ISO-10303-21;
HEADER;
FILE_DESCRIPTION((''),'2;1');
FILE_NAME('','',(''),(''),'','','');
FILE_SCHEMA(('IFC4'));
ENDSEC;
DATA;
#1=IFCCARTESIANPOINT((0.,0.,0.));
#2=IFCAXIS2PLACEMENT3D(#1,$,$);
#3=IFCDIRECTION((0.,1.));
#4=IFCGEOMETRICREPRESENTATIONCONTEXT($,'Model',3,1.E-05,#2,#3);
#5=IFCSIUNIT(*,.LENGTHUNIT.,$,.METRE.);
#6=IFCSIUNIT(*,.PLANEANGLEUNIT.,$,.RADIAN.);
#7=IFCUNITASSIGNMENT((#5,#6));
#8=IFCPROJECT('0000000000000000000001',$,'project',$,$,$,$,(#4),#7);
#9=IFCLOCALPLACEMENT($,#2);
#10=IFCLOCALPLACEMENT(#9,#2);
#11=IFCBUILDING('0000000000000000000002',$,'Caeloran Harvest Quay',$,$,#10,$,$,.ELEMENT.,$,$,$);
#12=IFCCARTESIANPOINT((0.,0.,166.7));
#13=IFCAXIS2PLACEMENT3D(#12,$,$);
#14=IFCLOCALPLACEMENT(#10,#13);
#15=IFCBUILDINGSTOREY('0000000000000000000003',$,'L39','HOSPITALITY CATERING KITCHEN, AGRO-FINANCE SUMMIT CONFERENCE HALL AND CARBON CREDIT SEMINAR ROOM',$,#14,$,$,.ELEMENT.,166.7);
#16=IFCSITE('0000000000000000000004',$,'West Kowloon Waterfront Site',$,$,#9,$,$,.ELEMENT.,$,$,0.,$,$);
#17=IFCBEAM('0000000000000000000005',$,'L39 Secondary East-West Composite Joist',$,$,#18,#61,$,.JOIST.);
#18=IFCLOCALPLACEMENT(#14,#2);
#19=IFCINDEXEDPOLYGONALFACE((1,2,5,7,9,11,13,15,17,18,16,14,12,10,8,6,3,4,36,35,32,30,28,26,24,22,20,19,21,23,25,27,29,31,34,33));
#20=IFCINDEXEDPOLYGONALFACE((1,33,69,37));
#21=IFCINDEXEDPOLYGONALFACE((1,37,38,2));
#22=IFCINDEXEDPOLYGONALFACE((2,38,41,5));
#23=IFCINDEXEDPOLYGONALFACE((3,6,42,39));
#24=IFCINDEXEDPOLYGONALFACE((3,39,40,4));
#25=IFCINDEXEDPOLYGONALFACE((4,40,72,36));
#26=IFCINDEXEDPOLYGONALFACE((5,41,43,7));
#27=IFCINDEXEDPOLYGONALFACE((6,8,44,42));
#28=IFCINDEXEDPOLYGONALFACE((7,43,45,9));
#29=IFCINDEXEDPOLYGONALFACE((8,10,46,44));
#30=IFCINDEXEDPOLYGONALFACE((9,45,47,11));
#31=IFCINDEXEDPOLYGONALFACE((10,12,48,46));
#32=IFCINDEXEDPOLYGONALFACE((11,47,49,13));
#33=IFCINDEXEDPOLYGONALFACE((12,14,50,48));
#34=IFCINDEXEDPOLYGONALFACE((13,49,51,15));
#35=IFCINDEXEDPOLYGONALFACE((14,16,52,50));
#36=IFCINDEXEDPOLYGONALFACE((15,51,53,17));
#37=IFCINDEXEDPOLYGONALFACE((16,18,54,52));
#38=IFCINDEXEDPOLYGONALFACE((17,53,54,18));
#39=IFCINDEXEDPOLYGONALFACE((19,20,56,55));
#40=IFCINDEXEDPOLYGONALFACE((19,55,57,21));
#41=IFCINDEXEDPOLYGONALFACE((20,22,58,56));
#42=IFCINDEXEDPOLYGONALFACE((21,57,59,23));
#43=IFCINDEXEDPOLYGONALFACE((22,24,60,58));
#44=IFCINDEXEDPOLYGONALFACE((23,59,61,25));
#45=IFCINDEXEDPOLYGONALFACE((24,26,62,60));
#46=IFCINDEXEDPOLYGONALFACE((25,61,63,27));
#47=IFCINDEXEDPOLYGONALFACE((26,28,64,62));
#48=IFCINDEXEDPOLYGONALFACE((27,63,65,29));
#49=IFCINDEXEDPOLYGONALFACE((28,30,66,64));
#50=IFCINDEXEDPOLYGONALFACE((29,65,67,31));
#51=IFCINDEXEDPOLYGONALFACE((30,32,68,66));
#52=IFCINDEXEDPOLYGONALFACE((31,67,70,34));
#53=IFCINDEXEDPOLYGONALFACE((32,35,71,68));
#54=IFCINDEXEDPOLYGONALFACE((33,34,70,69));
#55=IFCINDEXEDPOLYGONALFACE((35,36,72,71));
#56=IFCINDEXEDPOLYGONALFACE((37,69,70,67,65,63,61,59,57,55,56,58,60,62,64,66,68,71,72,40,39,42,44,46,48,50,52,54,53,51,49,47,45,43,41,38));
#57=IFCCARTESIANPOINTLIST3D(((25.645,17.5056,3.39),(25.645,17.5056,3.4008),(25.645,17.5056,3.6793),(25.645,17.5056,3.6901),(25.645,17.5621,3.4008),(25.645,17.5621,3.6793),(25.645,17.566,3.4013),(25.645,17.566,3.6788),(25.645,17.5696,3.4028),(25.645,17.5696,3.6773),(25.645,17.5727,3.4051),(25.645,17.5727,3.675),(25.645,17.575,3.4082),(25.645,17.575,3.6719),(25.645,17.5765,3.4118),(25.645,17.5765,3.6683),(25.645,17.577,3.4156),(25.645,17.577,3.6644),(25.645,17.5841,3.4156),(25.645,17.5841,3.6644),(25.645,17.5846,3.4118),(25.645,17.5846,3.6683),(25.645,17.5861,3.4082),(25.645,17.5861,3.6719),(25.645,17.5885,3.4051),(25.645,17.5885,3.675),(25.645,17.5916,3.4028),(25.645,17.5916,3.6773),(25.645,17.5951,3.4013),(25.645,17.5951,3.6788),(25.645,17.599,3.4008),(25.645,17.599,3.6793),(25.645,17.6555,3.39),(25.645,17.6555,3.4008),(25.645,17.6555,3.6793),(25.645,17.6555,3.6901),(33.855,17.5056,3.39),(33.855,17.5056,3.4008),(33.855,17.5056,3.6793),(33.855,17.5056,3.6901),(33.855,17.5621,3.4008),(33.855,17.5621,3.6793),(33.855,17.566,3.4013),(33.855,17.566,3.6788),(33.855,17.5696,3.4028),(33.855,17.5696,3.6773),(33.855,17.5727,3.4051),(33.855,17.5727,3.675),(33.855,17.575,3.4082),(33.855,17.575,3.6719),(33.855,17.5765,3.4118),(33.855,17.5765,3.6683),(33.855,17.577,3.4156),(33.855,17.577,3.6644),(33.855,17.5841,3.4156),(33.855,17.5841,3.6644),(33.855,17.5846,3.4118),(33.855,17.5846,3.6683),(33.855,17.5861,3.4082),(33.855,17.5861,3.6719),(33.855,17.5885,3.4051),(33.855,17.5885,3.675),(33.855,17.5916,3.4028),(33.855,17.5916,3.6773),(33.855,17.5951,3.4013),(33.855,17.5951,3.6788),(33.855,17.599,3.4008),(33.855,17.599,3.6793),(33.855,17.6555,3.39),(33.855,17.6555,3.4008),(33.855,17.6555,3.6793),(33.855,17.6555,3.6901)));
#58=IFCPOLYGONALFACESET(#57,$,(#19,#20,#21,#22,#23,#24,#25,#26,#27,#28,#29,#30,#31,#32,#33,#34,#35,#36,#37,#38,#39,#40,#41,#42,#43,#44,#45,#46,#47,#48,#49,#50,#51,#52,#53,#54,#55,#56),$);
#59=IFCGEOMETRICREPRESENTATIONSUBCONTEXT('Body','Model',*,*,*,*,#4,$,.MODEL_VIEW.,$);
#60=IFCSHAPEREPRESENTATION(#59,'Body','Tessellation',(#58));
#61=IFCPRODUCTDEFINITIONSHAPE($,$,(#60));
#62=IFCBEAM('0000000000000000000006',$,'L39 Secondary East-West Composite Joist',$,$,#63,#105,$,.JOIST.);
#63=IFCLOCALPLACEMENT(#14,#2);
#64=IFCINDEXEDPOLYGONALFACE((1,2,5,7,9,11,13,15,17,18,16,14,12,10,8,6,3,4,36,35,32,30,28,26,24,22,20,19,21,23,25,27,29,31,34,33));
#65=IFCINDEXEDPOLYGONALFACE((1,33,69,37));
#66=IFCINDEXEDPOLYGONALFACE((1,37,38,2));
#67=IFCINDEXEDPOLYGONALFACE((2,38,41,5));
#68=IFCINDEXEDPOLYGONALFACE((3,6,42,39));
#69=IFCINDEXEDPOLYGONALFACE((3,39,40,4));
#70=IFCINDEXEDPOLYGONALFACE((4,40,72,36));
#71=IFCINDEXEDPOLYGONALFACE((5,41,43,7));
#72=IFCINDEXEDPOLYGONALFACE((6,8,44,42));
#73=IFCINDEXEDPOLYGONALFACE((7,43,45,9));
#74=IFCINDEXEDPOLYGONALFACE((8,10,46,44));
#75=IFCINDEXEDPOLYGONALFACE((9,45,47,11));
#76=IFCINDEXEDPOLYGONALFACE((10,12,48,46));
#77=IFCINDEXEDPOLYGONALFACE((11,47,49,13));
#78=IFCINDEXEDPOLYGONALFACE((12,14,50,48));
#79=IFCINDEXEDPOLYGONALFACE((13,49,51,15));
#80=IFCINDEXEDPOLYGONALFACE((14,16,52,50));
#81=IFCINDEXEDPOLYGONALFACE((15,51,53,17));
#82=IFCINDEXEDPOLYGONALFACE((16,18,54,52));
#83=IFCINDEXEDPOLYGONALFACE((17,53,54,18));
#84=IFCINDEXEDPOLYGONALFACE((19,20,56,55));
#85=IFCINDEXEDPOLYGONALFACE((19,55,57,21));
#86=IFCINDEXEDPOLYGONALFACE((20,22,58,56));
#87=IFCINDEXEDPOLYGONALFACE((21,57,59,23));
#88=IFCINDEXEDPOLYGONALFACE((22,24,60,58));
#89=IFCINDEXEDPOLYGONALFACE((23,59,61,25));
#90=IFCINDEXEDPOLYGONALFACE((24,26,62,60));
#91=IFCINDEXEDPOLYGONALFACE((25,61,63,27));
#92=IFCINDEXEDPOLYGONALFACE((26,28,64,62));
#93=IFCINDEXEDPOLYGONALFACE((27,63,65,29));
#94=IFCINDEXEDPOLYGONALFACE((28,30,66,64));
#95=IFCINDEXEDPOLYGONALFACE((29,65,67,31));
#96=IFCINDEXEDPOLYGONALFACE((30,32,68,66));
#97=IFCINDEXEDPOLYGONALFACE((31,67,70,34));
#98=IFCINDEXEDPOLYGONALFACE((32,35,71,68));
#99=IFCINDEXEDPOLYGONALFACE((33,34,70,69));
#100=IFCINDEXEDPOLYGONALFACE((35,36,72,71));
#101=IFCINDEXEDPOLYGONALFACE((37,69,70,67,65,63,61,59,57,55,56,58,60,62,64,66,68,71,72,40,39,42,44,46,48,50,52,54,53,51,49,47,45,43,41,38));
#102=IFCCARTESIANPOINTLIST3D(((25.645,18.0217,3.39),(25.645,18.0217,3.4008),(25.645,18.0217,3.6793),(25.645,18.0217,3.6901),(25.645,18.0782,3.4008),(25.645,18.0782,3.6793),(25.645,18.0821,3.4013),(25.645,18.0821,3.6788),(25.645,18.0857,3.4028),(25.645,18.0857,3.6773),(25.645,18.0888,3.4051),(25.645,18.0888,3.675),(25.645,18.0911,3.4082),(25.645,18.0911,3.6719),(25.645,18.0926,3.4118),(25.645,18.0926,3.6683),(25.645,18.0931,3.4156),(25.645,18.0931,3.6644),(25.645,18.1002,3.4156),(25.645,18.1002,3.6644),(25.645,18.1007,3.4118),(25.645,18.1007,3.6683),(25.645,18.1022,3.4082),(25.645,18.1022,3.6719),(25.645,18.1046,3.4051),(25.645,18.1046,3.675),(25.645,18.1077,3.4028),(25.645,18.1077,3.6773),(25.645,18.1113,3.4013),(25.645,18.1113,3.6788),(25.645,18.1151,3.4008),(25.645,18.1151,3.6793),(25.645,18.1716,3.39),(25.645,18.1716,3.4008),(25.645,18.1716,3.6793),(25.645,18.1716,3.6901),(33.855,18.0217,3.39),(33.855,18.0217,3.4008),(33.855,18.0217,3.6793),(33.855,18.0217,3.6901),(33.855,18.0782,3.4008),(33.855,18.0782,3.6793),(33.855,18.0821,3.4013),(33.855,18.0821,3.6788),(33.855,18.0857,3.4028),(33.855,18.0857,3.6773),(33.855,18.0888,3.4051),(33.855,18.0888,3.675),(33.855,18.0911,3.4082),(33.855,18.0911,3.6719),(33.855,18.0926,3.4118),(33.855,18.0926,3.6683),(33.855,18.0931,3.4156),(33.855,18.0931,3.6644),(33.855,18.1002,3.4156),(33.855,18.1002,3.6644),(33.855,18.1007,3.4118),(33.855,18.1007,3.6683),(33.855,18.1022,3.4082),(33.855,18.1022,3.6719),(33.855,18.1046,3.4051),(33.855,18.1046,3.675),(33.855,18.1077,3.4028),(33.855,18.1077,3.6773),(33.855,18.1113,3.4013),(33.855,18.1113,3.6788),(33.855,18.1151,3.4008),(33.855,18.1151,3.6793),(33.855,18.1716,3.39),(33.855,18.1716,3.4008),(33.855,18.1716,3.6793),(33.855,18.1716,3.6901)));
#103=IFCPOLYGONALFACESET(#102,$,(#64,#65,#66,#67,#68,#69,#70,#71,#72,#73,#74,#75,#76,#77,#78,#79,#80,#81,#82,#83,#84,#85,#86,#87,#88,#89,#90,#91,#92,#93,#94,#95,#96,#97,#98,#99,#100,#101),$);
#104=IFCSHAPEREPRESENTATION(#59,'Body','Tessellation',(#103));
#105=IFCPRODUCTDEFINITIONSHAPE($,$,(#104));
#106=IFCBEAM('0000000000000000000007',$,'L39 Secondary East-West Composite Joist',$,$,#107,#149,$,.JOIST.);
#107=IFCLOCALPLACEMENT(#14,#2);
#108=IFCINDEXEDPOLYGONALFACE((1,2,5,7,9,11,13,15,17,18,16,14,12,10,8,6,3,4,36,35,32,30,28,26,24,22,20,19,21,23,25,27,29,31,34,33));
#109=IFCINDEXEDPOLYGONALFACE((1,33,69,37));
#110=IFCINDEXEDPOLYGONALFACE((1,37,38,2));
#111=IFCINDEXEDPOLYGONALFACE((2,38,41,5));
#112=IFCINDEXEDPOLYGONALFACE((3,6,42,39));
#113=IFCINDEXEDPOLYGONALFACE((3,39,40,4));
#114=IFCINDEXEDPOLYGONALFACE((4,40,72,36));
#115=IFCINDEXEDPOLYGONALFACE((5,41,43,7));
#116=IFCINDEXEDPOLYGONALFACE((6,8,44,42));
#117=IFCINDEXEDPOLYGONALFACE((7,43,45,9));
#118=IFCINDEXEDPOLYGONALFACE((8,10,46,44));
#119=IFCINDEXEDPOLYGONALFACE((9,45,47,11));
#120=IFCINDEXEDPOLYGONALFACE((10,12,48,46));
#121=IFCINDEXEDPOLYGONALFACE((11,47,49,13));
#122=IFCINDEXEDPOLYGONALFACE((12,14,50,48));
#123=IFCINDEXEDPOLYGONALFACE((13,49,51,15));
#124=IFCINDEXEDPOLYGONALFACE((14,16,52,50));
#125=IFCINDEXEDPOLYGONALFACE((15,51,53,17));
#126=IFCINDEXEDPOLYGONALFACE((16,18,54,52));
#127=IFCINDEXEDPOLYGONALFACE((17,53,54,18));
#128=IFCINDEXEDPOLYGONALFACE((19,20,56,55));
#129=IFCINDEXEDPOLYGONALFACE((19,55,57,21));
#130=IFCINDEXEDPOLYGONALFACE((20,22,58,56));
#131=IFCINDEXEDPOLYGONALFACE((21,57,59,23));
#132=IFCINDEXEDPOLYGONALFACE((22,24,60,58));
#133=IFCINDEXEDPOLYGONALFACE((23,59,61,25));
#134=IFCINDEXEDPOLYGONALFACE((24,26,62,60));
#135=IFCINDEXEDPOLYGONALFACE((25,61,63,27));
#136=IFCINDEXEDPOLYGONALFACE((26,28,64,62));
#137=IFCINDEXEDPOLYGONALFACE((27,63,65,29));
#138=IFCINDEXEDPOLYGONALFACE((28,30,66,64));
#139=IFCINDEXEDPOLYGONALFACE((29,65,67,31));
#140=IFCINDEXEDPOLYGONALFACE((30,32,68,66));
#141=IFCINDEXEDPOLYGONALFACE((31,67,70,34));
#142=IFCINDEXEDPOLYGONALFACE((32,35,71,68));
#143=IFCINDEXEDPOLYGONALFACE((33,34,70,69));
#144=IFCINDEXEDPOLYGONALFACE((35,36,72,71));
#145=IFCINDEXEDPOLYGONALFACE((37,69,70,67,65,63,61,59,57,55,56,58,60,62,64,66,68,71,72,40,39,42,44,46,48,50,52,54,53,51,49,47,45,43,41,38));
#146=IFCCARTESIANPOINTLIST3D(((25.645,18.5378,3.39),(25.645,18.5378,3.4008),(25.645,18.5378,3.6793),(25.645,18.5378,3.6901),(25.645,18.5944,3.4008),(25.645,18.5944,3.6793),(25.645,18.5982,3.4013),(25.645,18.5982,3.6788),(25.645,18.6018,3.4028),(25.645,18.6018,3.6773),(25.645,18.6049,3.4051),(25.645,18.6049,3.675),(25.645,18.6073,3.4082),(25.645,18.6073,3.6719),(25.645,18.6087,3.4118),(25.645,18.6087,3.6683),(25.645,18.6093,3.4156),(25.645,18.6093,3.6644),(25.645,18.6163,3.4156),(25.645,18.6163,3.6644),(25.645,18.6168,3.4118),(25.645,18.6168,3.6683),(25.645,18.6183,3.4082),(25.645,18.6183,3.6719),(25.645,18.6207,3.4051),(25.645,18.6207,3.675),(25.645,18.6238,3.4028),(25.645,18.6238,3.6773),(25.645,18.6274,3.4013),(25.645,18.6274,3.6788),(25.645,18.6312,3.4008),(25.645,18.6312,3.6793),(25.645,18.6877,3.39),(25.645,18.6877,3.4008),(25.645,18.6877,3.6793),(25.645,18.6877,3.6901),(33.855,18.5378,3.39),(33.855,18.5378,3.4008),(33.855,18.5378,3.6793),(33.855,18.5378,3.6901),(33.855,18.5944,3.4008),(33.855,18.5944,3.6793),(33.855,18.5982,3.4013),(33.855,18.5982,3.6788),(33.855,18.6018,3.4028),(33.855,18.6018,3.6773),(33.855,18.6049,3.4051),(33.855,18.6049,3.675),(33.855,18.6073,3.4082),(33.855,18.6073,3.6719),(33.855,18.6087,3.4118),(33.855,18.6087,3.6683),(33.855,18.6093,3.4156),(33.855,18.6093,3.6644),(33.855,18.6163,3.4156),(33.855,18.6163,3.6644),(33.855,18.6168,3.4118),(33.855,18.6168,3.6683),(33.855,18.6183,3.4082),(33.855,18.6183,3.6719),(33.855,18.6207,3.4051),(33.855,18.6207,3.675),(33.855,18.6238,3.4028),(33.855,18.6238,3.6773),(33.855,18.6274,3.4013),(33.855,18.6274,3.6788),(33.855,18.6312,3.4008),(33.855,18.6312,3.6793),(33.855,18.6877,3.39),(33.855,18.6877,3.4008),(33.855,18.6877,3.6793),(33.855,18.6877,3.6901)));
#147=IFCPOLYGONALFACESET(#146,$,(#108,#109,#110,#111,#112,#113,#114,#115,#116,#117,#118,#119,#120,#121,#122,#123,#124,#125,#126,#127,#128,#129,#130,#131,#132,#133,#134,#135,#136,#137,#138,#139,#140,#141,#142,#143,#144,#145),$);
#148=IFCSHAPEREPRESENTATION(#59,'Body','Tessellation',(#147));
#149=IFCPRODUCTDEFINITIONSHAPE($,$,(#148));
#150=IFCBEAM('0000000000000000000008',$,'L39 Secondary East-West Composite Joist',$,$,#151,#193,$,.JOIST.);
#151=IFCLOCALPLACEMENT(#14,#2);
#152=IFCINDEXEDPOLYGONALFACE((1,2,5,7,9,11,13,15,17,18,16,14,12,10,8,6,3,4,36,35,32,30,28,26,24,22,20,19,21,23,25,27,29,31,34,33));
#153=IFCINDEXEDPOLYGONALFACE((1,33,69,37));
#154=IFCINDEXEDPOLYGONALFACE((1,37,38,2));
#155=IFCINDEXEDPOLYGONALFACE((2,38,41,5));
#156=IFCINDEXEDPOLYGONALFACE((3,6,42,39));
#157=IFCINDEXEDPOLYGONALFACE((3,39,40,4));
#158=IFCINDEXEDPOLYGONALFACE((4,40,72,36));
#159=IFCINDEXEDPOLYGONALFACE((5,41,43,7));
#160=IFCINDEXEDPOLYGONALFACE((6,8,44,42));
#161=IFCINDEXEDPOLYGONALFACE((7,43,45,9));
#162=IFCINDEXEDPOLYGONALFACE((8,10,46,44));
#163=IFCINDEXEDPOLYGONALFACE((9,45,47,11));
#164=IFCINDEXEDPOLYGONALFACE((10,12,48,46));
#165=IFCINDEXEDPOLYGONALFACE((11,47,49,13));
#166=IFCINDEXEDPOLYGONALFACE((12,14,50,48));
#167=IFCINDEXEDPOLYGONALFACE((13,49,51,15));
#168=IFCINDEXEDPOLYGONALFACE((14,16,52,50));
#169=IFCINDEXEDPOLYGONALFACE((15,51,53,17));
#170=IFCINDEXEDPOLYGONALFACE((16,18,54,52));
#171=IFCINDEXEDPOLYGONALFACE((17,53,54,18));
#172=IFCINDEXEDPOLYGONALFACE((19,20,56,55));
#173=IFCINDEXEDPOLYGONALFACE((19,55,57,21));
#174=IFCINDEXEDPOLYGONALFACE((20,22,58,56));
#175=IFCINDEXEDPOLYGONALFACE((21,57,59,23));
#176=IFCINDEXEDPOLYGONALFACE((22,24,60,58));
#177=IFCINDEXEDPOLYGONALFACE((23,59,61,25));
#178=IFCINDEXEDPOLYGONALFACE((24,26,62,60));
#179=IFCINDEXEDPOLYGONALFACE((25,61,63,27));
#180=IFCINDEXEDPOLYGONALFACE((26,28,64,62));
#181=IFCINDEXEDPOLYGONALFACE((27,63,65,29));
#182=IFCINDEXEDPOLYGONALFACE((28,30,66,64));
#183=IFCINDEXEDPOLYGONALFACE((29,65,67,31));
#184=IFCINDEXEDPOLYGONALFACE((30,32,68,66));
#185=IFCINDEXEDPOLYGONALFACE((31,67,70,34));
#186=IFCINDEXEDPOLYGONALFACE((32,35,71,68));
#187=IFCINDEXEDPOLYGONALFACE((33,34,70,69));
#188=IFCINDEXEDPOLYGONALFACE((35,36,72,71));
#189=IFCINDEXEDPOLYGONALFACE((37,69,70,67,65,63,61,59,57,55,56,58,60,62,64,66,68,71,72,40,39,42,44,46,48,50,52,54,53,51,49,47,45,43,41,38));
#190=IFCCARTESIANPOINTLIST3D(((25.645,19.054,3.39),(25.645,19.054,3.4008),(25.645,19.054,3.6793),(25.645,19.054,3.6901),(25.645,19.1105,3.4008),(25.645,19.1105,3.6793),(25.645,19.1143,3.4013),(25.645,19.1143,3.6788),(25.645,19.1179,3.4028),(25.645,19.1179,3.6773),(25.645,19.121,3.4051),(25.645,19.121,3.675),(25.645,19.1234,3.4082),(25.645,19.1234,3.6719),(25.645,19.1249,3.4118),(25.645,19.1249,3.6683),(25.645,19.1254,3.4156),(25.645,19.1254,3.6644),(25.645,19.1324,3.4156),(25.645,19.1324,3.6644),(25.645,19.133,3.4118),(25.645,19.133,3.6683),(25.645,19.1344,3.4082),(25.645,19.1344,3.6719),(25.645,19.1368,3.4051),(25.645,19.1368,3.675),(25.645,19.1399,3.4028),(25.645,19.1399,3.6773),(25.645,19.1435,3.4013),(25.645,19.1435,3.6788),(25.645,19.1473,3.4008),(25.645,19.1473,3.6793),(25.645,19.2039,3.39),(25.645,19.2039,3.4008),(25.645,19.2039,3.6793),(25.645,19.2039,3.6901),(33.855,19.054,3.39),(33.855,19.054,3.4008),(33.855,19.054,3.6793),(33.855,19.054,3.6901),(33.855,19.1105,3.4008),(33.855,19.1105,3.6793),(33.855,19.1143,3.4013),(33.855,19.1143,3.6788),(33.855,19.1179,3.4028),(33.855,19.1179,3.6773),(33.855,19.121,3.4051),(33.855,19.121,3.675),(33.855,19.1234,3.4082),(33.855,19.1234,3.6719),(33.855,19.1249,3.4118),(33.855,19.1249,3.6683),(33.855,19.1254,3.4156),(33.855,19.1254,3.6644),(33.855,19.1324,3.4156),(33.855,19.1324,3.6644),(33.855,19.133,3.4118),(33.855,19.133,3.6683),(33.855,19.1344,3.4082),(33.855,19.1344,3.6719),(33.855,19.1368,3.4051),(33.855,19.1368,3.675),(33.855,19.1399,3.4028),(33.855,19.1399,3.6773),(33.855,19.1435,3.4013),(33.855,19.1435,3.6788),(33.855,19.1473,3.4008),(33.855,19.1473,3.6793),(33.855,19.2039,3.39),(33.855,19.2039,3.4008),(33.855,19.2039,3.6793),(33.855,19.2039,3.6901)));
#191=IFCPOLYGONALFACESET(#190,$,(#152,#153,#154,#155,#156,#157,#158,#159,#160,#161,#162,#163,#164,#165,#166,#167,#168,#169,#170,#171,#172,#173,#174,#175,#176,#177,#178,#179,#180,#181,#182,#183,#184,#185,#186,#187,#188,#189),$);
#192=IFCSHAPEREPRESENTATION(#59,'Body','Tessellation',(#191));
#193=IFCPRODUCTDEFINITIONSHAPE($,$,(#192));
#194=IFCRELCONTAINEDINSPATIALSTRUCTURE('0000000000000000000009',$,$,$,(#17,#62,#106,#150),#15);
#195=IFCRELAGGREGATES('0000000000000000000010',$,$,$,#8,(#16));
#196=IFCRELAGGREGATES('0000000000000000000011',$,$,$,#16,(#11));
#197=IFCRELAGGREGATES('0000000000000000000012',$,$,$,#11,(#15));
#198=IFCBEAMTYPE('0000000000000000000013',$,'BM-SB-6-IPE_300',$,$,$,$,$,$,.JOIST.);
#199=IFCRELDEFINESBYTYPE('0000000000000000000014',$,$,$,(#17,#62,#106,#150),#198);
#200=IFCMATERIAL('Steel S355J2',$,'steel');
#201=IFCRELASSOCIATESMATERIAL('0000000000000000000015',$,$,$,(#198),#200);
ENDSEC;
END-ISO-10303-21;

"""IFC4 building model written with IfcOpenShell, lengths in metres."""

from ifc_helpers import new_model, si_unit, direction, frame, origin, origin_2d, place, context, subcontext, project, spatial, i_section, extrude, material, material_profile, profile_set, type_object, element, save


model = new_model("IFC4")

# Units and contexts
model_context = context("Model", 3, precision=1e-05, world=origin(), true_north=direction((0.0, 1.0)))
body_context = subcontext(model_context, "Body", "Model", "MODEL_VIEW")
ifc_project = project(units=[si_unit("LENGTHUNIT", "METRE"), si_unit("PLANEANGLEUNIT", "RADIAN")], contexts=[model_context])

# Site, building, storey
site_placement = place(None, origin())
site = spatial("IfcSite", under=ifc_project, at=site_placement, Name="West Kowloon Waterfront Site", CompositionType="ELEMENT", RefElevation=0.0)
building_placement = place(site_placement, origin())
building = spatial("IfcBuilding", under=site, at=building_placement, Name="Caeloran Harvest Quay", CompositionType="ELEMENT")
storey_placement = place(building_placement, frame((0.0, 0.0, 166.7)))
storey = spatial("IfcBuildingStorey", under=building, at=storey_placement, Name="L39", Description="HOSPITALITY CATERING KITCHEN, AGRO-FINANCE SUMMIT CONFERENCE HALL AND CARBON CREDIT SEMINAR ROOM", CompositionType="ELEMENT", Elevation=166.7)

# Beams
ifc_material_1 = material(Name="Steel S355J2", Category="steel")
ifc_material_profile_1 = material_profile(ifc_material_1, i_section(OverallWidth=0.1499, OverallDepth=0.3, WebThickness=0.0071, FlangeThickness=0.0107, FilletRadius=0.0149, at=origin_2d()), Name="IPE 300")
ifc_profile_set_1 = profile_set([ifc_material_profile_1], Name="Steel S355J2")
beam_type_1 = type_object("IfcBeamType", Name="BM-SB-6-IPE_300", PredefinedType="JOIST", material=ifc_profile_set_1)
for number, where, z_axis, x_axis, name in (
    (1, (25.645, 17.5806, 3.54), (1.0, 0.0, 0.0), (0.0, 1.0, 0.0), "L39 Secondary East-West Composite Joist"),
    (2, (25.645, 18.0967, 3.54), (1.0, 0.0, 0.0), (0.0, 1.0, 0.0), "L39 Secondary East-West Composite Joist"),
    (3, (25.645, 18.6128, 3.54), (1.0, 0.0, 0.0), (0.0, 1.0, 0.0), "L39 Secondary East-West Composite Joist"),
    (4, (25.645, 19.1289, 3.54), (1.0, 0.0, 0.0), (0.0, 1.0, 0.0), "L39 Secondary East-West Composite Joist"),
):
    element("IfcBeam", number, at=place(storey_placement, frame(where, z_axis=z_axis, x_axis=x_axis)), inside=storey, type_object=beam_type_1, Name=name, PredefinedType="JOIST", context=body_context, shape_type="SweptSolid", body=[
        extrude(i_section(OverallWidth=0.1499, OverallDepth=0.3, WebThickness=0.0071, FlangeThickness=0.0107, FilletRadius=0.0149, at=origin_2d()), origin(), (0.0, 0.0, 1.0), 8.21),
    ])

save(model, "model.ifc")
